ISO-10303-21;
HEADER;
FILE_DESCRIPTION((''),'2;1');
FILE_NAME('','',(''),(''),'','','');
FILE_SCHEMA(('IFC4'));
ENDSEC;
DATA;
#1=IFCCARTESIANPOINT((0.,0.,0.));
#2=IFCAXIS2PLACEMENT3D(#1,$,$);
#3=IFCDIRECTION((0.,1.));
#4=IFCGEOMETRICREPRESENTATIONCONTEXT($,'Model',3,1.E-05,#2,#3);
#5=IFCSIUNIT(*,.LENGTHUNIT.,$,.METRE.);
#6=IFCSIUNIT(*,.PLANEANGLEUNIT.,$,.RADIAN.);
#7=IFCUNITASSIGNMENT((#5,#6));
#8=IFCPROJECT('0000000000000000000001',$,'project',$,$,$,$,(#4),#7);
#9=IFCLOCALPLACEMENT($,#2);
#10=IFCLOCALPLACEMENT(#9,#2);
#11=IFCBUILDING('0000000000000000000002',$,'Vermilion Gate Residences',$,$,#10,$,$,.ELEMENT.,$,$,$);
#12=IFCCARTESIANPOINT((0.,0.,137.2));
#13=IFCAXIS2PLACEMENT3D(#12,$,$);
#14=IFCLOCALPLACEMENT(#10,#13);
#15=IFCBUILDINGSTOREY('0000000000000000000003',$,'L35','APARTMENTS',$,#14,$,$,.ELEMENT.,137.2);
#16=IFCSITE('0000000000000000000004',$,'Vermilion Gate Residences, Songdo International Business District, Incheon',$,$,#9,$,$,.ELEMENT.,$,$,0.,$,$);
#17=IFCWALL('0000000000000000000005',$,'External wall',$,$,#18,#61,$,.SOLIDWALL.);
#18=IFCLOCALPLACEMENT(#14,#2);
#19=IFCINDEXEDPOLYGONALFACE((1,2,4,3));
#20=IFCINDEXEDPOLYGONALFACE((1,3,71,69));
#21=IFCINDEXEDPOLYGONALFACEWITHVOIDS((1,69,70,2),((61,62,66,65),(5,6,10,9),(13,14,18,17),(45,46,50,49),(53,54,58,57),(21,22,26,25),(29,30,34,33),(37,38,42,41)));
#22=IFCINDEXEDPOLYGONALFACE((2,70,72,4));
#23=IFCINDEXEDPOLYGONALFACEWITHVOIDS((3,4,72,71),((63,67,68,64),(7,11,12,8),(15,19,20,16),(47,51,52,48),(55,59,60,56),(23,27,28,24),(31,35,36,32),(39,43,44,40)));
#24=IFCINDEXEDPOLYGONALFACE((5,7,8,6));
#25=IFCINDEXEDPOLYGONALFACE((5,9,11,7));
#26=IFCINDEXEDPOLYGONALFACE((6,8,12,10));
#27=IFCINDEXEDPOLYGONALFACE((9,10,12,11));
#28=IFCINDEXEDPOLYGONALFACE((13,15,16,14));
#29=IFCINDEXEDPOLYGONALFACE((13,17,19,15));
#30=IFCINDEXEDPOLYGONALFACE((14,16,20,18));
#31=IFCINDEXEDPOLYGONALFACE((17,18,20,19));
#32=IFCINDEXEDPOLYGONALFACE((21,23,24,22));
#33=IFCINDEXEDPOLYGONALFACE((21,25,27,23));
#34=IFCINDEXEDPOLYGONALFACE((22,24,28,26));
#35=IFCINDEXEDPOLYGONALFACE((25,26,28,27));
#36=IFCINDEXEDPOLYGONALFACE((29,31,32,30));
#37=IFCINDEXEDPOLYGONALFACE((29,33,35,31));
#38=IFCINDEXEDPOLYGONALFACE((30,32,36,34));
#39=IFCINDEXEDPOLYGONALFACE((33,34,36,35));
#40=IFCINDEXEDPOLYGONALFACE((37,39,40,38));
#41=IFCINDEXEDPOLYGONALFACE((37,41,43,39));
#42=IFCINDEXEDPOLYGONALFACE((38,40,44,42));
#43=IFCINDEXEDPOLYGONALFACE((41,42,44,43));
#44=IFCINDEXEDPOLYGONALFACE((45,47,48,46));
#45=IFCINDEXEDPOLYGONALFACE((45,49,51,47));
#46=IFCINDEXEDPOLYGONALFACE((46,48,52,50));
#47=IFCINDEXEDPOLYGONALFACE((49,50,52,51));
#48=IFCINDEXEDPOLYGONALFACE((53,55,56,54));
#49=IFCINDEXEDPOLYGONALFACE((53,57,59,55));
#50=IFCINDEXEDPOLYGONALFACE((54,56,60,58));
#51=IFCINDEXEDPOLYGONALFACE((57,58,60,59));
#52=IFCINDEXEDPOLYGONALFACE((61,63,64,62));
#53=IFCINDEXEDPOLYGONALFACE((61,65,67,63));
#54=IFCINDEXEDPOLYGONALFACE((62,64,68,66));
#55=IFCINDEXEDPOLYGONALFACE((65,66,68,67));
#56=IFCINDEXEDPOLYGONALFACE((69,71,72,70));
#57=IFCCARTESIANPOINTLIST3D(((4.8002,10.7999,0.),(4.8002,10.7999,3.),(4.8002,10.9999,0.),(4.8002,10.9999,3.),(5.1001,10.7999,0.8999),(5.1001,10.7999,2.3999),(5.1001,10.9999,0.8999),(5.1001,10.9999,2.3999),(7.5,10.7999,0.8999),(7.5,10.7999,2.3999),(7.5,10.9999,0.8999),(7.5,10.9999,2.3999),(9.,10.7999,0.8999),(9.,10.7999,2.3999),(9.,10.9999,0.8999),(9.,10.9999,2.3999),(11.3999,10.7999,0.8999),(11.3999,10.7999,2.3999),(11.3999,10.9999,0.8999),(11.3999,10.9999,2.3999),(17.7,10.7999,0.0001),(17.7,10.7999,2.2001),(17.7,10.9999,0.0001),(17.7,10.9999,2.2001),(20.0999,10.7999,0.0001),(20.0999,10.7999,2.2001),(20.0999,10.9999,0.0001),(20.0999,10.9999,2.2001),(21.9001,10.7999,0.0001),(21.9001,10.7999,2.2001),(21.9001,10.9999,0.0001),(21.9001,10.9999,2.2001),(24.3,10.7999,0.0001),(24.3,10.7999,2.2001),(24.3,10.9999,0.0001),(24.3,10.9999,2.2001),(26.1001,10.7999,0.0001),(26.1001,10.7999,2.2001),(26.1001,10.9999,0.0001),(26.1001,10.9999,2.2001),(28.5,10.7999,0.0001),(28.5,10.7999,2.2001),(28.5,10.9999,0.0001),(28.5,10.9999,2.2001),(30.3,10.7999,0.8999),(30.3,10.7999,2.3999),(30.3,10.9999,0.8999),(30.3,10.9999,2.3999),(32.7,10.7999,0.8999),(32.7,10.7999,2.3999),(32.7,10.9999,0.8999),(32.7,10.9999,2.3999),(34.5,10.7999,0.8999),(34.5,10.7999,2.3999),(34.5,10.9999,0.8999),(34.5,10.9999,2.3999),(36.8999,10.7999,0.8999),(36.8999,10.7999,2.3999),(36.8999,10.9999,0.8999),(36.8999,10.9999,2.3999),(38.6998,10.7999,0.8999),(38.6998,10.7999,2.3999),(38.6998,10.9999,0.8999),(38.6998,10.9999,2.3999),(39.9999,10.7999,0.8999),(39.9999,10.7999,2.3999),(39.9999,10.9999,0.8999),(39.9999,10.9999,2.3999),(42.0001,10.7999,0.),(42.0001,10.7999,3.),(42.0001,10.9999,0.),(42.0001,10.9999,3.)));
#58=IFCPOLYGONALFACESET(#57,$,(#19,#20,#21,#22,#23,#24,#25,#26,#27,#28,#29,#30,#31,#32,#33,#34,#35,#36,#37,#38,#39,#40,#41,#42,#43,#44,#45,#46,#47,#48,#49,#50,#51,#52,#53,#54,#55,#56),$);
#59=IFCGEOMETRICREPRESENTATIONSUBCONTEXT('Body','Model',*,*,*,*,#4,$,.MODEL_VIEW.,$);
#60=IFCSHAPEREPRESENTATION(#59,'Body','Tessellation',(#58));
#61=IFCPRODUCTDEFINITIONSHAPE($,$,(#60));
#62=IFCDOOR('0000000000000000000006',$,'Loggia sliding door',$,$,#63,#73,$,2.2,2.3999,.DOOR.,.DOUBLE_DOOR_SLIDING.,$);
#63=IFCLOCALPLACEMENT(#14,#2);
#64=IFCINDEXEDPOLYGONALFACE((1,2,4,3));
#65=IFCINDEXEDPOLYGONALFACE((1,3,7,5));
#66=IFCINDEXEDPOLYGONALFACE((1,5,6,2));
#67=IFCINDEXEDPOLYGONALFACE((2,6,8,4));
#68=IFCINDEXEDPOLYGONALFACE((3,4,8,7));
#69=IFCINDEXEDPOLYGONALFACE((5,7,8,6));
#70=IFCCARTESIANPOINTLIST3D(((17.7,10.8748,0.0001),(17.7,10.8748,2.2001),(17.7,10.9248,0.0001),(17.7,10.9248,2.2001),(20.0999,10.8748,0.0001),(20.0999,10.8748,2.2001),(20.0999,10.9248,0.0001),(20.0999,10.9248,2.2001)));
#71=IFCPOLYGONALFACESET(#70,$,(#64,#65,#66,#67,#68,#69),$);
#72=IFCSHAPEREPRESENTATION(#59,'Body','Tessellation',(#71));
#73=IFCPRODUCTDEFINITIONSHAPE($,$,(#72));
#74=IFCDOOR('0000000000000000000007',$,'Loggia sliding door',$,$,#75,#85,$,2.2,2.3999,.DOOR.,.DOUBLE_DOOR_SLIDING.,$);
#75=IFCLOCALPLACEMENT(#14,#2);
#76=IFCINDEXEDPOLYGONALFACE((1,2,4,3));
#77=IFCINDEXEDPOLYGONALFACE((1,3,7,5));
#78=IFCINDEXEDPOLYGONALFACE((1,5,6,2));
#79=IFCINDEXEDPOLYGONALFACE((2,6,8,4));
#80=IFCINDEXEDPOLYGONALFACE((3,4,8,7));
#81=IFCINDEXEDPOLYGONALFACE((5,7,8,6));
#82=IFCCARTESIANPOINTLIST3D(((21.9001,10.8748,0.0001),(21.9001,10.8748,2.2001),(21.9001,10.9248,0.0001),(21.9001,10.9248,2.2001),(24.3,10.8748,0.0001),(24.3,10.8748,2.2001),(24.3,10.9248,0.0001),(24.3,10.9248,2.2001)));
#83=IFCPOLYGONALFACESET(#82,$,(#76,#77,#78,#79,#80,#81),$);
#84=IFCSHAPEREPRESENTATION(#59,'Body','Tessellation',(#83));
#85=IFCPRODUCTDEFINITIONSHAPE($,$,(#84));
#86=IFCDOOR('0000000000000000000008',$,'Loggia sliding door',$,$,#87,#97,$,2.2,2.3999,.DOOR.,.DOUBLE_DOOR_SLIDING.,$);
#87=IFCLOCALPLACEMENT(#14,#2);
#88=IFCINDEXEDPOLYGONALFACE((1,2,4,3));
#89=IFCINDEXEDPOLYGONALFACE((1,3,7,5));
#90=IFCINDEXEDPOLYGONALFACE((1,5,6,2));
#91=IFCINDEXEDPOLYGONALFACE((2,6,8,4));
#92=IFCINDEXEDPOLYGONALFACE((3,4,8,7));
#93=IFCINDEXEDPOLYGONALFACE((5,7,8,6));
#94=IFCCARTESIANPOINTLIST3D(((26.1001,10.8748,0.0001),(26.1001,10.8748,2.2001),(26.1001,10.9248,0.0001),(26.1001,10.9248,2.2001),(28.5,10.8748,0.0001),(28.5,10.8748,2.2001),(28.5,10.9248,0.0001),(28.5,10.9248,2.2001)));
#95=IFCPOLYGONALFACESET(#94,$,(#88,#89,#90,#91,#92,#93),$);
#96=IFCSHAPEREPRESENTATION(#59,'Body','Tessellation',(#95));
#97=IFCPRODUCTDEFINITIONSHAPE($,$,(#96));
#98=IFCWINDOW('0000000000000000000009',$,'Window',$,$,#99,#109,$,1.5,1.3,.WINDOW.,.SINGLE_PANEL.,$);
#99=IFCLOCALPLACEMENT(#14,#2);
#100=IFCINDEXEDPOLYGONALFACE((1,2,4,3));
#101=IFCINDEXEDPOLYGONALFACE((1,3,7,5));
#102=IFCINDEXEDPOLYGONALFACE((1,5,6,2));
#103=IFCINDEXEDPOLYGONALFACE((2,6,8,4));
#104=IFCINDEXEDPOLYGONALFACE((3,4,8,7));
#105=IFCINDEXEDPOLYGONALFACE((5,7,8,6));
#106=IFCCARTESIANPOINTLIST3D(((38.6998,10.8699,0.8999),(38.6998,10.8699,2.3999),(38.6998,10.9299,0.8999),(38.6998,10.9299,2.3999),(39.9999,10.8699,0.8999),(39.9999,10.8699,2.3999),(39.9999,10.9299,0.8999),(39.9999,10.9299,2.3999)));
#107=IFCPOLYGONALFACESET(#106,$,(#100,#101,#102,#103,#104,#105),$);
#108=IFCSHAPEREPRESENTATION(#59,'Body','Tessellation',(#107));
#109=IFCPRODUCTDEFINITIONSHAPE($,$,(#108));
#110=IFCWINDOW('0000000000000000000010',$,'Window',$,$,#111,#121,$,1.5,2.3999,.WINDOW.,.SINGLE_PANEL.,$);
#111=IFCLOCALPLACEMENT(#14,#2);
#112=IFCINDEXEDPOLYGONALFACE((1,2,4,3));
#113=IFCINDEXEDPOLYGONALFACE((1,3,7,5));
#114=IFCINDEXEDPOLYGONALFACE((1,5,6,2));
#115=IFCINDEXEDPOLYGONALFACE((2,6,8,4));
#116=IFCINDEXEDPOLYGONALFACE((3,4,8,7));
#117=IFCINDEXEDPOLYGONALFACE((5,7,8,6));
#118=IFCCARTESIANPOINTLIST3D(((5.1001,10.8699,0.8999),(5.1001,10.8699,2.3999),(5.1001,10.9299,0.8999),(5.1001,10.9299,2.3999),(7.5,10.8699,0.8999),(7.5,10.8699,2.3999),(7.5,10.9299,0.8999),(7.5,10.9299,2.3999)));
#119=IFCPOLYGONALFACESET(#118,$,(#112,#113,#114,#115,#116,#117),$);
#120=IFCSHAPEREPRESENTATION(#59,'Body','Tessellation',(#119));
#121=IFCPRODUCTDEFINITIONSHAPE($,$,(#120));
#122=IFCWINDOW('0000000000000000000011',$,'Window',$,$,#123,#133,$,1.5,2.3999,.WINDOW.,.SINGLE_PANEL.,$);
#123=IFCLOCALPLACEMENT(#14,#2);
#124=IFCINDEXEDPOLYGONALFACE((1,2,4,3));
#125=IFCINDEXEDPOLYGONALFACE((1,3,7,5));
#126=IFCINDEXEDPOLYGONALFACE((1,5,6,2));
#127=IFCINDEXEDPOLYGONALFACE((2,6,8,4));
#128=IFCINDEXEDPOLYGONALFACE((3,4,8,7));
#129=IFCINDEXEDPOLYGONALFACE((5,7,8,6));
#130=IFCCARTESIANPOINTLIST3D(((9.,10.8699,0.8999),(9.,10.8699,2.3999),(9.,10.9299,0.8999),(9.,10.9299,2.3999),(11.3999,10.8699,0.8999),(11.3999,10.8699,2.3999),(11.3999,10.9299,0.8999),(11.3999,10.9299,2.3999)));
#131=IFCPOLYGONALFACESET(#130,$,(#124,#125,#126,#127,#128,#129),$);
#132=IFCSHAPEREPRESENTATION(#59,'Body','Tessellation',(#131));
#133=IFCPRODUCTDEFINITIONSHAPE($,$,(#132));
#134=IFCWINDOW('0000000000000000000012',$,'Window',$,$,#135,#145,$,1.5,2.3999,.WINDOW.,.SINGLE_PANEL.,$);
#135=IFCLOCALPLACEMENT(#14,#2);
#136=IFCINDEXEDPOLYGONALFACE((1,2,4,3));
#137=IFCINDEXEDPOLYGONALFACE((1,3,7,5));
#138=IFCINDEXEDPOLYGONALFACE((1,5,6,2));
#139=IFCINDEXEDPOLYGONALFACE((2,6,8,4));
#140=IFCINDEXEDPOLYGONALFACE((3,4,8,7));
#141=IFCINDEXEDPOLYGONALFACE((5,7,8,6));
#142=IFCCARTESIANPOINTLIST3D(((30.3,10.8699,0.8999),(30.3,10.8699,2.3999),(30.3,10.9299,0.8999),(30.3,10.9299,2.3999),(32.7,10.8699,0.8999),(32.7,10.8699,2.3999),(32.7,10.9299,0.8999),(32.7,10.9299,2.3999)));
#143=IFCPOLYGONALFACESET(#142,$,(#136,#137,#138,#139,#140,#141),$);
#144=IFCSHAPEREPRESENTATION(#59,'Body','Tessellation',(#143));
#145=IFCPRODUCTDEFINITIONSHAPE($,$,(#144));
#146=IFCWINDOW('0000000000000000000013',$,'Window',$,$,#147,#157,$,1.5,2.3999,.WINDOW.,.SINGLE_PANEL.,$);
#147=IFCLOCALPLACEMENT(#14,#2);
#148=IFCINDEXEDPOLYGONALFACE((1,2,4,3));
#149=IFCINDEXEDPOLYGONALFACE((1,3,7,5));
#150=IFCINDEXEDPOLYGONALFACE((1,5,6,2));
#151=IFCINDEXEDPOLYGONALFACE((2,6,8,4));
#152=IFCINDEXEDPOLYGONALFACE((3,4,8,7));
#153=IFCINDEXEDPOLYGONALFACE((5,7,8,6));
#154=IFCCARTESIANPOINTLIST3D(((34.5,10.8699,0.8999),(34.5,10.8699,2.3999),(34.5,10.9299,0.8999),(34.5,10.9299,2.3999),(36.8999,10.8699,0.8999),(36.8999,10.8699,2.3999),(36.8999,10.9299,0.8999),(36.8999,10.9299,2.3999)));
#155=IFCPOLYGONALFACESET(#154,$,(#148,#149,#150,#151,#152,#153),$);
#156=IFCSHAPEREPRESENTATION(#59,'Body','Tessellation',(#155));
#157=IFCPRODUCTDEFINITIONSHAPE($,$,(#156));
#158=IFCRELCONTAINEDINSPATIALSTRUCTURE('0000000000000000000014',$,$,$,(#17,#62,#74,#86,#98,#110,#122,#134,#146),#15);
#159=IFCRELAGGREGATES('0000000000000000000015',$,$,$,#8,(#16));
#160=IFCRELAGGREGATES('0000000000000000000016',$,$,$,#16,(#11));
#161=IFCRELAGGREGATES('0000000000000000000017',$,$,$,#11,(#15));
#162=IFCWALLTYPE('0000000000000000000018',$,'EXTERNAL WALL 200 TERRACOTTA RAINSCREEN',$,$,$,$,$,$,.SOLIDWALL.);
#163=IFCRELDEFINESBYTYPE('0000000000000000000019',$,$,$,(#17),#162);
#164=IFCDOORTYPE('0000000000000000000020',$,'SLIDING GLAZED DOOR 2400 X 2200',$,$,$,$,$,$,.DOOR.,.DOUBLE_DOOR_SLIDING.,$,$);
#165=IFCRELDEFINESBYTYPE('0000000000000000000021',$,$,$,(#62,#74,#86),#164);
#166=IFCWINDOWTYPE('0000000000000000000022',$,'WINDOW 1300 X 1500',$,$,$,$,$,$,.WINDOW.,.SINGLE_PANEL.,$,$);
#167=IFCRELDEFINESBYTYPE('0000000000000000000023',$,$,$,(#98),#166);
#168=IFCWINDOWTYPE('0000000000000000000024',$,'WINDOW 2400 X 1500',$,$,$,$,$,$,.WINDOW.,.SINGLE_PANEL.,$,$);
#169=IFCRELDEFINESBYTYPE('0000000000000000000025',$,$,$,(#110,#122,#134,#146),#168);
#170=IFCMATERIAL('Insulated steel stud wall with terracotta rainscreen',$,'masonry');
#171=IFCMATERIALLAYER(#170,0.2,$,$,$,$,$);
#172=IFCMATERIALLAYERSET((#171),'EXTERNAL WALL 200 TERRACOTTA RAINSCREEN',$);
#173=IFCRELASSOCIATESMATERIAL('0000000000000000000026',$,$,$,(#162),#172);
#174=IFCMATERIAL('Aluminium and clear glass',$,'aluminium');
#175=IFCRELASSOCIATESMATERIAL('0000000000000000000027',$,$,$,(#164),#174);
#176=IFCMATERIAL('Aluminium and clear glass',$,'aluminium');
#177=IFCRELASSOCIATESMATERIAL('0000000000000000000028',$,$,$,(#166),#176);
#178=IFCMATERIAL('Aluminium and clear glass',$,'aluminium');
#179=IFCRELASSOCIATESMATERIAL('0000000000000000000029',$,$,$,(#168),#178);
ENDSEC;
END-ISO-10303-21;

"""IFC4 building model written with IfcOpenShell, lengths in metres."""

from ifc_helpers import new_model, si_unit, direction, frame, frame_2d, origin, place, context, subcontext, project, spatial, rectangle, extrude, material, layer, layer_set, type_object, element, fill, save


model = new_model("IFC4")

# Units and contexts
model_context = context("Model", 3, precision=1e-05, world=origin(), true_north=direction((0.0, 1.0)))
body_context = subcontext(model_context, "Body", "Model", "MODEL_VIEW")
ifc_project = project(units=[si_unit("LENGTHUNIT", "METRE"), si_unit("PLANEANGLEUNIT", "RADIAN")], contexts=[model_context])

# Site, building, storey
site_placement = place(None, origin())
site = spatial("IfcSite", under=ifc_project, at=site_placement, Name="Vermilion Gate Residences, Songdo International Business District, Incheon", CompositionType="ELEMENT", RefElevation=0.0)
building_placement = place(site_placement, origin())
building = spatial("IfcBuilding", under=site, at=building_placement, Name="Vermilion Gate Residences", CompositionType="ELEMENT")
storey_placement = place(building_placement, frame((0.0, 0.0, 137.2)))
storey = spatial("IfcBuildingStorey", under=building, at=storey_placement, Name="L35", Description="APARTMENTS", CompositionType="ELEMENT", Elevation=137.2)

# Shared definitions
ifc_material_1 = material(Name="Insulated steel stud wall with terracotta rainscreen", Category="masonry")
ifc_layer_1 = layer(ifc_material_1, 0.2)
ifc_layer_set_1 = layer_set([ifc_layer_1], Name="EXTERNAL WALL 200 TERRACOTTA RAINSCREEN")
wall_type_1 = type_object("IfcWallType", Name="EXTERNAL WALL 200 TERRACOTTA RAINSCREEN", PredefinedType="SOLIDWALL", material=ifc_layer_set_1)

# Wall, openings, doors, windows
wall_1_placement = place(storey_placement, frame((4.8, 10.8999, 0.0), z_axis=(0.0, 0.0, 1.0), x_axis=(1.0, 0.0, 0.0)))
wall_1 = element("IfcWall", 1, at=wall_1_placement, inside=storey, type_object=wall_type_1, Name="External wall", PredefinedType="SOLIDWALL", context=body_context, shape_type="SweptSolid", body=[
    extrude(rectangle(XDim=37.2, YDim=0.2, at=frame_2d((18.6001, 0.0))), origin(), (0.0, 0.0, 1.0), 3.0),
])
opening_1_placement = place(wall_1_placement, frame((0.3, 0.0, 0.8999)))
opening_1 = element("IfcOpeningElement", 2, at=opening_1_placement, cuts=wall_1, PredefinedType="OPENING", context=body_context, shape_type="SweptSolid", body=[
    extrude(rectangle(XDim=2.3999, YDim=1.5, at=frame_2d((1.2, 0.75))), frame((0.0, 0.1099, 0.0), z_axis=(0.0, -1.0, 0.0), x_axis=(1.0, 0.0, 0.0)), (0.0, 0.0, 1.0), 0.22),
])
opening_2_placement = place(wall_1_placement, frame((4.2, 0.0, 0.8999)))
opening_2 = element("IfcOpeningElement", 3, at=opening_2_placement, cuts=wall_1, PredefinedType="OPENING", context=body_context, shape_type="SweptSolid", body=[
    extrude(rectangle(XDim=2.3999, YDim=1.5, at=frame_2d((1.2, 0.75))), frame((0.0, 0.1099, 0.0), z_axis=(0.0, -1.0, 0.0), x_axis=(1.0, 0.0, 0.0)), (0.0, 0.0, 1.0), 0.22),
])
opening_3_placement = place(wall_1_placement, frame((12.8999, 0.0, 0.0)))
opening_3 = element("IfcOpeningElement", 4, at=opening_3_placement, cuts=wall_1, PredefinedType="OPENING", context=body_context, shape_type="SweptSolid", body=[
    extrude(rectangle(XDim=2.3999, YDim=2.2, at=frame_2d((1.2, 1.1001))), frame((0.0, 0.1099, 0.0), z_axis=(0.0, -1.0, 0.0), x_axis=(1.0, 0.0, 0.0)), (0.0, 0.0, 1.0), 0.22),
])
opening_4_placement = place(wall_1_placement, frame((17.1001, 0.0, 0.0)))
opening_4 = element("IfcOpeningElement", 5, at=opening_4_placement, cuts=wall_1, PredefinedType="OPENING", context=body_context, shape_type="SweptSolid", body=[
    extrude(rectangle(XDim=2.3999, YDim=2.2, at=frame_2d((1.2, 1.1001))), frame((0.0, 0.1099, 0.0), z_axis=(0.0, -1.0, 0.0), x_axis=(1.0, 0.0, 0.0)), (0.0, 0.0, 1.0), 0.22),
])
opening_5_placement = place(wall_1_placement, frame((21.3, 0.0, 0.0)))
opening_5 = element("IfcOpeningElement", 6, at=opening_5_placement, cuts=wall_1, PredefinedType="OPENING", context=body_context, shape_type="SweptSolid", body=[
    extrude(rectangle(XDim=2.3999, YDim=2.2, at=frame_2d((1.2, 1.1001))), frame((0.0, 0.1099, 0.0), z_axis=(0.0, -1.0, 0.0), x_axis=(1.0, 0.0, 0.0)), (0.0, 0.0, 1.0), 0.22),
])
opening_6_placement = place(wall_1_placement, frame((25.5, 0.0, 0.8999)))
opening_6 = element("IfcOpeningElement", 7, at=opening_6_placement, cuts=wall_1, PredefinedType="OPENING", context=body_context, shape_type="SweptSolid", body=[
    extrude(rectangle(XDim=2.3999, YDim=1.5, at=frame_2d((1.2, 0.75))), frame((0.0, 0.1099, 0.0), z_axis=(0.0, -1.0, 0.0), x_axis=(1.0, 0.0, 0.0)), (0.0, 0.0, 1.0), 0.22),
])
opening_7_placement = place(wall_1_placement, frame((29.7, 0.0, 0.8999)))
opening_7 = element("IfcOpeningElement", 8, at=opening_7_placement, cuts=wall_1, PredefinedType="OPENING", context=body_context, shape_type="SweptSolid", body=[
    extrude(rectangle(XDim=2.3999, YDim=1.5, at=frame_2d((1.2, 0.75))), frame((0.0, 0.1099, 0.0), z_axis=(0.0, -1.0, 0.0), x_axis=(1.0, 0.0, 0.0)), (0.0, 0.0, 1.0), 0.22),
])
opening_8_placement = place(wall_1_placement, frame((33.8999, 0.0, 0.8999)))
opening_8 = element("IfcOpeningElement", 9, at=opening_8_placement, cuts=wall_1, PredefinedType="OPENING", context=body_context, shape_type="SweptSolid", body=[
    extrude(rectangle(XDim=1.3, YDim=1.5, at=frame_2d((0.6499, 0.75))), frame((0.0, 0.1099, 0.0), z_axis=(0.0, -1.0, 0.0), x_axis=(1.0, 0.0, 0.0)), (0.0, 0.0, 1.0), 0.22),
])
ifc_material_2 = material(Name="Aluminium and clear glass", Category="aluminium")
door_type_1 = type_object("IfcDoorType", Name="SLIDING GLAZED DOOR 2400 X 2200", OperationType="DOUBLE_DOOR_SLIDING", PredefinedType="DOOR", material=ifc_material_2)
door_1_placement = place(opening_3_placement, origin())
door_1 = element("IfcDoor", 10, at=door_1_placement, inside=storey, type_object=door_type_1, Name="Loggia sliding door", OperationType="DOUBLE_DOOR_SLIDING", OverallHeight=2.2, OverallWidth=2.3999, PredefinedType="DOOR", context=body_context, shape_type="SweptSolid", body=[
    extrude(rectangle(XDim=2.3999, YDim=2.2, at=frame_2d((1.2, 1.1001))), frame((0.0, 0.0249, 0.0), z_axis=(0.0, -1.0, 0.0), x_axis=(1.0, 0.0, 0.0)), (0.0, 0.0, 1.0), 0.05),
])
fill(opening_3, door_1)
door_2_placement = place(opening_4_placement, origin())
door_2 = element("IfcDoor", 11, at=door_2_placement, inside=storey, type_object=door_type_1, Name="Loggia sliding door", OperationType="DOUBLE_DOOR_SLIDING", OverallHeight=2.2, OverallWidth=2.3999, PredefinedType="DOOR", context=body_context, shape_type="SweptSolid", body=[
    extrude(rectangle(XDim=2.3999, YDim=2.2, at=frame_2d((1.2, 1.1001))), frame((0.0, 0.0249, 0.0), z_axis=(0.0, -1.0, 0.0), x_axis=(1.0, 0.0, 0.0)), (0.0, 0.0, 1.0), 0.05),
])
fill(opening_4, door_2)
door_3_placement = place(opening_5_placement, origin())
door_3 = element("IfcDoor", 12, at=door_3_placement, inside=storey, type_object=door_type_1, Name="Loggia sliding door", OperationType="DOUBLE_DOOR_SLIDING", OverallHeight=2.2, OverallWidth=2.3999, PredefinedType="DOOR", context=body_context, shape_type="SweptSolid", body=[
    extrude(rectangle(XDim=2.3999, YDim=2.2, at=frame_2d((1.2, 1.1001))), frame((0.0, 0.0249, 0.0), z_axis=(0.0, -1.0, 0.0), x_axis=(1.0, 0.0, 0.0)), (0.0, 0.0, 1.0), 0.05),
])
fill(opening_5, door_3)
ifc_material_3 = material(Name="Aluminium and clear glass", Category="aluminium")
window_type_1 = type_object("IfcWindowType", Name="WINDOW 1300 X 1500", PartitioningType="SINGLE_PANEL", PredefinedType="WINDOW", material=ifc_material_3)
window_1_placement = place(opening_8_placement, origin())
window_1 = element("IfcWindow", 13, at=window_1_placement, inside=storey, type_object=window_type_1, Name="Window", OverallHeight=1.5, OverallWidth=1.3, PartitioningType="SINGLE_PANEL", PredefinedType="WINDOW", context=body_context, shape_type="SweptSolid", body=[
    extrude(rectangle(XDim=1.3, YDim=1.5, at=frame_2d((0.6499, 0.75))), frame((0.0, 0.03, 0.0), z_axis=(0.0, -1.0, 0.0), x_axis=(1.0, 0.0, 0.0)), (0.0, 0.0, 1.0), 0.0601),
])
fill(opening_8, window_1)
ifc_material_4 = material(Name="Aluminium and clear glass", Category="aluminium")
window_type_2 = type_object("IfcWindowType", Name="WINDOW 2400 X 1500", PartitioningType="SINGLE_PANEL", PredefinedType="WINDOW", material=ifc_material_4)
window_2_placement = place(opening_1_placement, origin())
window_2 = element("IfcWindow", 14, at=window_2_placement, inside=storey, type_object=window_type_2, Name="Window", OverallHeight=1.5, OverallWidth=2.3999, PartitioningType="SINGLE_PANEL", PredefinedType="WINDOW", context=body_context, shape_type="SweptSolid", body=[
    extrude(rectangle(XDim=2.3999, YDim=1.5, at=frame_2d((1.2, 0.75))), frame((0.0, 0.03, 0.0), z_axis=(0.0, -1.0, 0.0), x_axis=(1.0, 0.0, 0.0)), (0.0, 0.0, 1.0), 0.0601),
])
fill(opening_1, window_2)
window_3_placement = place(opening_2_placement, origin())
window_3 = element("IfcWindow", 15, at=window_3_placement, inside=storey, type_object=window_type_2, Name="Window", OverallHeight=1.5, OverallWidth=2.3999, PartitioningType="SINGLE_PANEL", PredefinedType="WINDOW", context=body_context, shape_type="SweptSolid", body=[
    extrude(rectangle(XDim=2.3999, YDim=1.5, at=frame_2d((1.2, 0.75))), frame((0.0, 0.03, 0.0), z_axis=(0.0, -1.0, 0.0), x_axis=(1.0, 0.0, 0.0)), (0.0, 0.0, 1.0), 0.0601),
])
fill(opening_2, window_3)
window_4_placement = place(opening_6_placement, origin())
window_4 = element("IfcWindow", 16, at=window_4_placement, inside=storey, type_object=window_type_2, Name="Window", OverallHeight=1.5, OverallWidth=2.3999, PartitioningType="SINGLE_PANEL", PredefinedType="WINDOW", context=body_context, shape_type="SweptSolid", body=[
    extrude(rectangle(XDim=2.3999, YDim=1.5, at=frame_2d((1.2, 0.75))), frame((0.0, 0.03, 0.0), z_axis=(0.0, -1.0, 0.0), x_axis=(1.0, 0.0, 0.0)), (0.0, 0.0, 1.0), 0.0601),
])
fill(opening_6, window_4)
window_5_placement = place(opening_7_placement, origin())
window_5 = element("IfcWindow", 17, at=window_5_placement, inside=storey, type_object=window_type_2, Name="Window", OverallHeight=1.5, OverallWidth=2.3999, PartitioningType="SINGLE_PANEL", PredefinedType="WINDOW", context=body_context, shape_type="SweptSolid", body=[
    extrude(rectangle(XDim=2.3999, YDim=1.5, at=frame_2d((1.2, 0.75))), frame((0.0, 0.03, 0.0), z_axis=(0.0, -1.0, 0.0), x_axis=(1.0, 0.0, 0.0)), (0.0, 0.0, 1.0), 0.0601),
])
fill(opening_7, window_5)

save(model, "model.ifc")
